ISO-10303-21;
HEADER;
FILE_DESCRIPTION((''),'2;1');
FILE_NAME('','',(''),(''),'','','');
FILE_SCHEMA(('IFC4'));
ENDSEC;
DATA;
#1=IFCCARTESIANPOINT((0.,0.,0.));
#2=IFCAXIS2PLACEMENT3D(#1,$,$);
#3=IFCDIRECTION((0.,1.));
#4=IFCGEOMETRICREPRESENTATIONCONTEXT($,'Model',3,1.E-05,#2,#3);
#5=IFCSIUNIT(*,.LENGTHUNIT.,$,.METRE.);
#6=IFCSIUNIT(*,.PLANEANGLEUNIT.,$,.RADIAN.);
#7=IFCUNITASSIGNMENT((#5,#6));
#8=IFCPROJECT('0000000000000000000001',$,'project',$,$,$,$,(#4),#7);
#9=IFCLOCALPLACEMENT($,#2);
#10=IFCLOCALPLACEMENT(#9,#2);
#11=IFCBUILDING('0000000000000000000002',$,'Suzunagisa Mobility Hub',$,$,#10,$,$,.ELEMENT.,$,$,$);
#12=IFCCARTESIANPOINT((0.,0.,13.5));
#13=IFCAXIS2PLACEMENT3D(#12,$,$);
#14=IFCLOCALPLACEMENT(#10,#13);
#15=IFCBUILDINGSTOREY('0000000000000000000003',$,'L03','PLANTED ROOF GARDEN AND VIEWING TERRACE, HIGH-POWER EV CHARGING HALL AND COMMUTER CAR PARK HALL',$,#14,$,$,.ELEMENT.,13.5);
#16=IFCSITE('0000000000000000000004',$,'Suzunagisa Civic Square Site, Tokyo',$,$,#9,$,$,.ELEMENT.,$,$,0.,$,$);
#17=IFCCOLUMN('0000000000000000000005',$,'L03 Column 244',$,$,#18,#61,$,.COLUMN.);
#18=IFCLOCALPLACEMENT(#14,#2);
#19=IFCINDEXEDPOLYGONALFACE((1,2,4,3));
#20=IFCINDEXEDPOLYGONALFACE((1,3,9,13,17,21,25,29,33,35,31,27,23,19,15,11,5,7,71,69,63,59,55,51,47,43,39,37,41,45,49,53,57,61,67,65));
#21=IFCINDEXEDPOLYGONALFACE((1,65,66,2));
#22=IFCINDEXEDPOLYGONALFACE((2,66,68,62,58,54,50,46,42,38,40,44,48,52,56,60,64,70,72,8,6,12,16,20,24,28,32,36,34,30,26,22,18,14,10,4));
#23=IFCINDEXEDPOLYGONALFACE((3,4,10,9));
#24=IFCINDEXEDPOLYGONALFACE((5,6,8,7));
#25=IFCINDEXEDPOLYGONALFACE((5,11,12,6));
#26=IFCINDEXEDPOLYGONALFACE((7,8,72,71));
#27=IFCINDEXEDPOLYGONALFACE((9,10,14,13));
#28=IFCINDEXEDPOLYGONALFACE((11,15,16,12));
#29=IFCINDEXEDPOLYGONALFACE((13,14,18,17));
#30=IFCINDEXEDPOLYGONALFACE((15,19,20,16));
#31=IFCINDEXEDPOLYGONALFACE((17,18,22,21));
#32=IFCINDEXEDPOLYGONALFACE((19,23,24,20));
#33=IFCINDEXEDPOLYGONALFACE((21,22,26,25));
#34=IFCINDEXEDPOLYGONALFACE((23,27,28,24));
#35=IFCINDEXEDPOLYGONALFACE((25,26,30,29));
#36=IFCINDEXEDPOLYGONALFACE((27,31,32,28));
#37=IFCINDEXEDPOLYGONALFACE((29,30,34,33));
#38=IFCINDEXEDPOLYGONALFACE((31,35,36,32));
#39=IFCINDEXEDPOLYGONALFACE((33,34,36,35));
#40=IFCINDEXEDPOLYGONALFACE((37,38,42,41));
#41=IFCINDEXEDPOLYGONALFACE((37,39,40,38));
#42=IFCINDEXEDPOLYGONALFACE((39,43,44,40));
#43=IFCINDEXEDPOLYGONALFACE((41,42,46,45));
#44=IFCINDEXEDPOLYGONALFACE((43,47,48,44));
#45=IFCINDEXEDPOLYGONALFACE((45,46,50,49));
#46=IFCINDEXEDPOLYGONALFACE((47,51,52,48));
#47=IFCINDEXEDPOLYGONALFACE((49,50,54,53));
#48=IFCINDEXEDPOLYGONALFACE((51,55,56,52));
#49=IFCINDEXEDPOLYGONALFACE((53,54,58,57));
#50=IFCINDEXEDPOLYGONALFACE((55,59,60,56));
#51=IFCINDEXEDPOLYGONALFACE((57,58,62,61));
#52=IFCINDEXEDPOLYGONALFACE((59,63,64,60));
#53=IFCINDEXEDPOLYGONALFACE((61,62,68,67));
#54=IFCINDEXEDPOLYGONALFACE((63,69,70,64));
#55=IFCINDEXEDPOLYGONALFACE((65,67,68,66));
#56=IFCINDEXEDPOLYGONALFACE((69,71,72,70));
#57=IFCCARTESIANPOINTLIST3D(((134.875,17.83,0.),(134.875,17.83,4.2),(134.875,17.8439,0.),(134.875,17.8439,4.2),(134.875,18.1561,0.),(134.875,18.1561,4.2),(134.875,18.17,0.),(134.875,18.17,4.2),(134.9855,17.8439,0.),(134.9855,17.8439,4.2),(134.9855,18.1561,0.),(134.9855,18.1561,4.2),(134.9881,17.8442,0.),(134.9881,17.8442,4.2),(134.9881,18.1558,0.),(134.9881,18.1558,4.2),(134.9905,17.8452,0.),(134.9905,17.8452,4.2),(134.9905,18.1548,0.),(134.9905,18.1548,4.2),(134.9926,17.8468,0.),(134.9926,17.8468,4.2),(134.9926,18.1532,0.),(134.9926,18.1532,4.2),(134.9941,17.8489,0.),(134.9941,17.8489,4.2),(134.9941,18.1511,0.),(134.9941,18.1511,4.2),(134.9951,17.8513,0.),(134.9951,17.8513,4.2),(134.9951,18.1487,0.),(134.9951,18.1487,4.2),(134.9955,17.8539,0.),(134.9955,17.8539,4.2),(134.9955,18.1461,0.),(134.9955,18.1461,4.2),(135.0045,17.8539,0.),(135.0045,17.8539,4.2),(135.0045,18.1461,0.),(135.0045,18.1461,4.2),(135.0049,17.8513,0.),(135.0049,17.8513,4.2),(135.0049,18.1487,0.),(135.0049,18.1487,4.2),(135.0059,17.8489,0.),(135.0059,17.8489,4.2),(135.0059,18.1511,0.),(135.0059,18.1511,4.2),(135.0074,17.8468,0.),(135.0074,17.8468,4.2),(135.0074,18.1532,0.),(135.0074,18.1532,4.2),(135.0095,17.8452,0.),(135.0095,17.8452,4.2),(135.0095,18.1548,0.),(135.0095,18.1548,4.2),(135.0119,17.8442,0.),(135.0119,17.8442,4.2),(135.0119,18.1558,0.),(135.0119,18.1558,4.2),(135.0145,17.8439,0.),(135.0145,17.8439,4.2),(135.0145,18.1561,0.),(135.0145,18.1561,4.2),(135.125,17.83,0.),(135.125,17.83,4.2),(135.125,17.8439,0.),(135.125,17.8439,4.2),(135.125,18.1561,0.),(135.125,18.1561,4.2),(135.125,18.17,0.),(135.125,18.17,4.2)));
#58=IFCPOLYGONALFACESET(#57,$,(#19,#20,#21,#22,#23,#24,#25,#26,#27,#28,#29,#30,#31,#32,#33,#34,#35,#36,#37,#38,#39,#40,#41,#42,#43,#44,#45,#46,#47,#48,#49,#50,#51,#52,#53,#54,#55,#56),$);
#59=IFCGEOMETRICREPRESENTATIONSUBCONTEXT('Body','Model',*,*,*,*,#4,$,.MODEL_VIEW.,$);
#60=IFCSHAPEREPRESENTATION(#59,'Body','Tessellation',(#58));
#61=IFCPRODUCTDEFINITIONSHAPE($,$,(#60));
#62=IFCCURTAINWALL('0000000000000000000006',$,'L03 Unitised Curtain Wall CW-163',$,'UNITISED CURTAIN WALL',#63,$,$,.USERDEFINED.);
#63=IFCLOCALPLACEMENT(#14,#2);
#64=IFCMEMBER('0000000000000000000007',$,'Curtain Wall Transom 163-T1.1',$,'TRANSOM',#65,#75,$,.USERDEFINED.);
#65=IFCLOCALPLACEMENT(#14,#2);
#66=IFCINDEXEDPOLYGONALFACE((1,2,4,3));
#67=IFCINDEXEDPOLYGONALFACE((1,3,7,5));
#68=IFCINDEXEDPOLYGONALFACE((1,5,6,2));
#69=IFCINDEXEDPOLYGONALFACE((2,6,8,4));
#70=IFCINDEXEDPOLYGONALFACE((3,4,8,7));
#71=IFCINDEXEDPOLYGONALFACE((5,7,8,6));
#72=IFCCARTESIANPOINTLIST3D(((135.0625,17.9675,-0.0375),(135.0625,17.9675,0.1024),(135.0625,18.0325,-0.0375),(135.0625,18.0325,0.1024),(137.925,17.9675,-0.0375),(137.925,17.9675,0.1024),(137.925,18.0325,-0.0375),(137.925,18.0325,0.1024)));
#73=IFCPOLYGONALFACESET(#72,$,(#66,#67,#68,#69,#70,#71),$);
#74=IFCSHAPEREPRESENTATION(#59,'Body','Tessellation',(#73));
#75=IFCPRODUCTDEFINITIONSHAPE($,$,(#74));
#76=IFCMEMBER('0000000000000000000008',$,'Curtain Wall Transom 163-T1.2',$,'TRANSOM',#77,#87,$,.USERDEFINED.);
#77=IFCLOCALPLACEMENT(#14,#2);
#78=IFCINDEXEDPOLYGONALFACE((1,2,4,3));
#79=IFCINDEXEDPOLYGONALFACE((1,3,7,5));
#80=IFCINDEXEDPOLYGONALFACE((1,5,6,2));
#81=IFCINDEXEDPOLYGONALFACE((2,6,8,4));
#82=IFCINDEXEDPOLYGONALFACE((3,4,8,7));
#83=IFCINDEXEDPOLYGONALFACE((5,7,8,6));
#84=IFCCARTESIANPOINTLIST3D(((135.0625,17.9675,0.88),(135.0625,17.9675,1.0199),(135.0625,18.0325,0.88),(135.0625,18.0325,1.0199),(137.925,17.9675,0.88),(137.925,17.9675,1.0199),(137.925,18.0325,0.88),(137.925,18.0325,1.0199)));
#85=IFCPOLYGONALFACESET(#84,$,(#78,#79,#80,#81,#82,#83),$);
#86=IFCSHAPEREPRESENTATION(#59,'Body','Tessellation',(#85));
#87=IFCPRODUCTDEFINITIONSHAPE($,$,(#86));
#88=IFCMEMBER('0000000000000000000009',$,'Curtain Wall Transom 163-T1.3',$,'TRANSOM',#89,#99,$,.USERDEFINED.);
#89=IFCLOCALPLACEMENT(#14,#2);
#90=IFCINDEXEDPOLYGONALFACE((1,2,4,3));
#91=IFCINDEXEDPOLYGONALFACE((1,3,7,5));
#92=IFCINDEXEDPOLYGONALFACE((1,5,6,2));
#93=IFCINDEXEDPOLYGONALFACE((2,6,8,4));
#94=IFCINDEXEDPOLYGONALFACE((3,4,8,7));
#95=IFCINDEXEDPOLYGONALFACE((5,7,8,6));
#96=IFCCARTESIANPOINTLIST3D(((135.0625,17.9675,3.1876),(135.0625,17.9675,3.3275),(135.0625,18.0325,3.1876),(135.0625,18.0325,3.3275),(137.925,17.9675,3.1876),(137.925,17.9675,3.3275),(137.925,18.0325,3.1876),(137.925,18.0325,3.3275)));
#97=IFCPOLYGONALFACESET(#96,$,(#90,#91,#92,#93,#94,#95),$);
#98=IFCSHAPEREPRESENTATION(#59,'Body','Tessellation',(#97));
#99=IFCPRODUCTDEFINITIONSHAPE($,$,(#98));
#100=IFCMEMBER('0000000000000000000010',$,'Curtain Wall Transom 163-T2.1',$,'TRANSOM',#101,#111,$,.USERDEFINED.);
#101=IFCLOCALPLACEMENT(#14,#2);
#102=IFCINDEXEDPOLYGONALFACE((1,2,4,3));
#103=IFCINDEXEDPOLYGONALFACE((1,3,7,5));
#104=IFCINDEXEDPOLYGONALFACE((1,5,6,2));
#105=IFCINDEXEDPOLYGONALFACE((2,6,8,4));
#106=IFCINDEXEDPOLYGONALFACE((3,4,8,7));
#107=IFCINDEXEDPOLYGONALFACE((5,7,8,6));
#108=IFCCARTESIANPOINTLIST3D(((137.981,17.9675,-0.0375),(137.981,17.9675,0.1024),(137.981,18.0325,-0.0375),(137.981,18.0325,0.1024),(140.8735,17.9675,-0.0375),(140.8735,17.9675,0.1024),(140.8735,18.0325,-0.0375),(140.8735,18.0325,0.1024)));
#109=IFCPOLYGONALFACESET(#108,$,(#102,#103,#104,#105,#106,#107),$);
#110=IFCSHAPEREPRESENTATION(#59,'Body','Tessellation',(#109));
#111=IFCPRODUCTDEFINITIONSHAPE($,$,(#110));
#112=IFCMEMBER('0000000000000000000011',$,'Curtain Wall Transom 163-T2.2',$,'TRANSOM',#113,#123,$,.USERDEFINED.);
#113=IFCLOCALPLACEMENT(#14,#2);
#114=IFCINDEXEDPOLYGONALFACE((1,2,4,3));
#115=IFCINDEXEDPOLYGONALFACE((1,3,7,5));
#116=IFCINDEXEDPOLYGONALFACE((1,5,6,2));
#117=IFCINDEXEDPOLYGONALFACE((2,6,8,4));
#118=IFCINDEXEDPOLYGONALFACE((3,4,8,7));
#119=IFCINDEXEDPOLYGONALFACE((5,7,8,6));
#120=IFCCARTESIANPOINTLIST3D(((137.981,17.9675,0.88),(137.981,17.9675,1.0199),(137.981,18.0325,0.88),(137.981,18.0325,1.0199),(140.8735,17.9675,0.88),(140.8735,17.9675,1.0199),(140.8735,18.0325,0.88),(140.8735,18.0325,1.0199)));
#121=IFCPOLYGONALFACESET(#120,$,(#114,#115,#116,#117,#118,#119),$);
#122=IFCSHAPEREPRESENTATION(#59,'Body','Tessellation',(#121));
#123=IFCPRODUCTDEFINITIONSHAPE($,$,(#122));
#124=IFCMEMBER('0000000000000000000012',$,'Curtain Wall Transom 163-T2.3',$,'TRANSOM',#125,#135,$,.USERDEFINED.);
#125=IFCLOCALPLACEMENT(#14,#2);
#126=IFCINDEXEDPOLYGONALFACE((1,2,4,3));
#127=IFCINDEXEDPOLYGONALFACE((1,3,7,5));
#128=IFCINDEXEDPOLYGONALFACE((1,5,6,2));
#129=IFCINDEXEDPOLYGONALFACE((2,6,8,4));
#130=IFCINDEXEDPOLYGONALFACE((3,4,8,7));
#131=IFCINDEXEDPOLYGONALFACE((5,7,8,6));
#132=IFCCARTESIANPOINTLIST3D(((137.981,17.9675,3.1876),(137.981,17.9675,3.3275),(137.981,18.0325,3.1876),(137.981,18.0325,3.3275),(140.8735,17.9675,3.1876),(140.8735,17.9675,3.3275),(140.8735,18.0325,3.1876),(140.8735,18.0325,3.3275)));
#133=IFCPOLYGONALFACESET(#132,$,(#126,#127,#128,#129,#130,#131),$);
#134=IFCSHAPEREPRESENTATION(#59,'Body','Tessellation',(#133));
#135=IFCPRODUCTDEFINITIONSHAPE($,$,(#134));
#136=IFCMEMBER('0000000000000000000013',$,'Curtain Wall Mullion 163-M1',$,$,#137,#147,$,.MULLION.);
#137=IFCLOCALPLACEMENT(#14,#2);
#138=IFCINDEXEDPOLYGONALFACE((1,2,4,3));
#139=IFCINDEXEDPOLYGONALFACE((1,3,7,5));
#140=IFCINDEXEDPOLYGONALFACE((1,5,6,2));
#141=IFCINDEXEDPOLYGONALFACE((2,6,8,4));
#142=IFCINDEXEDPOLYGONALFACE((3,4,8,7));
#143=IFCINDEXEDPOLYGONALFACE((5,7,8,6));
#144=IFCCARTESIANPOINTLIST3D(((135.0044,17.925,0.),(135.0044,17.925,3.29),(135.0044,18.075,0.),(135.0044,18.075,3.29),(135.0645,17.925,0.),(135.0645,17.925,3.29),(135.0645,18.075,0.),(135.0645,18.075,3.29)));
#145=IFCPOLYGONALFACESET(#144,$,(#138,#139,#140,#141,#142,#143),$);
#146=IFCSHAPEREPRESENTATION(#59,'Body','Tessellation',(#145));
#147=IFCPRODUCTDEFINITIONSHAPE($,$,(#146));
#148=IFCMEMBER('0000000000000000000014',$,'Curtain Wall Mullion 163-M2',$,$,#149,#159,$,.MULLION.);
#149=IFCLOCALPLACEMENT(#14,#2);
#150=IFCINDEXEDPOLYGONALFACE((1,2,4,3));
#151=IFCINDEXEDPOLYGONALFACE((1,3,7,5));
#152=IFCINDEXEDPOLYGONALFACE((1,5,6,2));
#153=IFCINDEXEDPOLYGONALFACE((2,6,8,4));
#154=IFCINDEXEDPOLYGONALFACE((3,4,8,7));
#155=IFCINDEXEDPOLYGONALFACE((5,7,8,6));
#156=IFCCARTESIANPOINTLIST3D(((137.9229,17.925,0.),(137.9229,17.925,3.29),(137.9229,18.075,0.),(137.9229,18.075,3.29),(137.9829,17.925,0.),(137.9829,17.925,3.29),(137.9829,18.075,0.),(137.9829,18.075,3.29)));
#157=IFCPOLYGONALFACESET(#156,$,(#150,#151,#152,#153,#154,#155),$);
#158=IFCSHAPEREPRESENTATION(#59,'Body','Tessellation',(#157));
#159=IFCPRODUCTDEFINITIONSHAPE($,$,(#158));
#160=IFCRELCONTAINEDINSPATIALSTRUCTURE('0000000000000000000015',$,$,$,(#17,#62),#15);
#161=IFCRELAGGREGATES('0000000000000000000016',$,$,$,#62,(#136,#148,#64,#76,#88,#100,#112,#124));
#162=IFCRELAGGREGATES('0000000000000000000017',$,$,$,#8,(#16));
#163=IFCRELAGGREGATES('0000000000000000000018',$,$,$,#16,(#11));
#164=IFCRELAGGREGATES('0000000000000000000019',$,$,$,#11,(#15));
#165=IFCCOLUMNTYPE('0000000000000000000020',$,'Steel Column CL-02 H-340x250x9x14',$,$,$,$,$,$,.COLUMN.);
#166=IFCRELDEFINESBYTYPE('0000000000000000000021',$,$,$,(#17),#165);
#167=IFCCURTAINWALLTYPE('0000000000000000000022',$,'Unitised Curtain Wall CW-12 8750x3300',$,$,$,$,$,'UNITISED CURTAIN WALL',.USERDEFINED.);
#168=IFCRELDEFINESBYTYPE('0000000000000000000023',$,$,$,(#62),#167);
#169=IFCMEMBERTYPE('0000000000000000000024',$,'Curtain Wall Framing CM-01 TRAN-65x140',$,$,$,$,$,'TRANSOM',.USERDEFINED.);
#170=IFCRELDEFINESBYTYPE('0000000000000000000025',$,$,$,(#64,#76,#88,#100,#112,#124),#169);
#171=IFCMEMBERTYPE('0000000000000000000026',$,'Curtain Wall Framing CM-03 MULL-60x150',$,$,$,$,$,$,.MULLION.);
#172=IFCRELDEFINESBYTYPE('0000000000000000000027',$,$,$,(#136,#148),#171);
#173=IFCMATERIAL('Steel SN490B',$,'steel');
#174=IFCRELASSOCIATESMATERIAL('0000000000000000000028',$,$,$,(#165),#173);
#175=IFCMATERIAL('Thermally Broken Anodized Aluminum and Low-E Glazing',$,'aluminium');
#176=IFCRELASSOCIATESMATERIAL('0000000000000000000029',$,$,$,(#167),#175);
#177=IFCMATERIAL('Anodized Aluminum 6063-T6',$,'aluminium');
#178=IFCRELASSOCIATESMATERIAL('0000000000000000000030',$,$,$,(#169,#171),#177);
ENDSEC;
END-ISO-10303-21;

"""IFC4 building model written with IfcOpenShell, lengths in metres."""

from ifc_helpers import new_model, si_unit, direction, frame, origin, origin_2d, place, context, subcontext, project, spatial, rectangle, i_section, extrude, material, material_profile, profile_set, type_object, element, aggregate, save


model = new_model("IFC4")

# Units and contexts
model_context = context("Model", 3, precision=1e-05, world=origin(), true_north=direction((0.0, 1.0)))
body_context = subcontext(model_context, "Body", "Model", "MODEL_VIEW")
ifc_project = project(units=[si_unit("LENGTHUNIT", "METRE"), si_unit("PLANEANGLEUNIT", "RADIAN")], contexts=[model_context])

# Site, building, storey
site_placement = place(None, origin())
site = spatial("IfcSite", under=ifc_project, at=site_placement, Name="Suzunagisa Civic Square Site, Tokyo", CompositionType="ELEMENT", RefElevation=0.0)
building_placement = place(site_placement, origin())
building = spatial("IfcBuilding", under=site, at=building_placement, Name="Suzunagisa Mobility Hub", CompositionType="ELEMENT")
storey_placement = place(building_placement, frame((0.0, 0.0, 13.5)))
storey = spatial("IfcBuildingStorey", under=building, at=storey_placement, Name="L03", Description="PLANTED ROOF GARDEN AND VIEWING TERRACE, HIGH-POWER EV CHARGING HALL AND COMMUTER CAR PARK HALL", CompositionType="ELEMENT", Elevation=13.5)

# Column
ifc_material_1 = material(Name="Steel SN490B", Category="steel")
ifc_material_profile_1 = material_profile(ifc_material_1, i_section(OverallWidth=0.25, OverallDepth=0.3401, WebThickness=0.009, FlangeThickness=0.0139, FilletRadius=0.01, at=origin_2d()), Name="H-340x250x9x14")
ifc_profile_set_1 = profile_set([ifc_material_profile_1], Name="Steel SN490B")
column_type = type_object("IfcColumnType", Name="Steel Column CL-02 H-340x250x9x14", PredefinedType="COLUMN", material=ifc_profile_set_1)
column_placement = place(storey_placement, frame((135.0, 18.0, 0.0), z_axis=(0.0, 0.0, 1.0), x_axis=(1.0, 0.0, 0.0)))
element("IfcColumn", 1, at=column_placement, inside=storey, type_object=column_type, Name="L03 Column 244", PredefinedType="COLUMN", context=body_context, shape_type="SweptSolid", body=[
    extrude(i_section(OverallWidth=0.25, OverallDepth=0.3401, WebThickness=0.009, FlangeThickness=0.0139, FilletRadius=0.01, at=origin_2d()), origin(), (0.0, 0.0, 1.0), 4.2),
])

# Curtain wall, members
ifc_material_2 = material(Name="Thermally Broken Anodized Aluminum and Low-E Glazing", Category="aluminium")
curtain_wall_type = type_object("IfcCurtainWallType", Name="Unitised Curtain Wall CW-12 8750x3300", ElementType="UNITISED CURTAIN WALL", PredefinedType="USERDEFINED", material=ifc_material_2)
curtain_wall_placement = place(storey_placement, origin())
curtain_wall = element("IfcCurtainWall", 2, at=curtain_wall_placement, inside=storey, type_object=curtain_wall_type, Name="L03 Unitised Curtain Wall CW-163", ObjectType="UNITISED CURTAIN WALL", PredefinedType="USERDEFINED")
ifc_material_3 = material(Name="Anodized Aluminum 6063-T6", Category="aluminium")
ifc_material_profile_2 = material_profile(ifc_material_3, rectangle(XDim=0.0649, YDim=0.1399, at=origin_2d()), Name="TRAN-65x140")
ifc_profile_set_2 = profile_set([ifc_material_profile_2], Name="Anodized Aluminum 6063-T6")
member_type_1 = type_object("IfcMemberType", Name="Curtain Wall Framing CM-01 TRAN-65x140", ElementType="TRANSOM", PredefinedType="USERDEFINED", material=ifc_profile_set_2)
member_1_placement = place(storey_placement, frame((135.0625, 18.0, 0.0325), z_axis=(1.0, 0.0, 0.0), x_axis=(0.0, 1.0, 0.0)))
member_1 = element("IfcMember", 3, at=member_1_placement, type_object=member_type_1, Name="Curtain Wall Transom 163-T1.1", ObjectType="TRANSOM", PredefinedType="USERDEFINED", context=body_context, shape_type="SweptSolid", body=[
    extrude(rectangle(XDim=0.0649, YDim=0.1399, at=origin_2d()), origin(), (0.0, 0.0, 1.0), 2.8625),
])
member_2_placement = place(storey_placement, frame((135.0625, 18.0, 0.95), z_axis=(1.0, 0.0, 0.0), x_axis=(0.0, 1.0, 0.0)))
member_2 = element("IfcMember", 4, at=member_2_placement, type_object=member_type_1, Name="Curtain Wall Transom 163-T1.2", ObjectType="TRANSOM", PredefinedType="USERDEFINED", context=body_context, shape_type="SweptSolid", body=[
    extrude(rectangle(XDim=0.0649, YDim=0.1399, at=origin_2d()), origin(), (0.0, 0.0, 1.0), 2.8625),
])
member_3_placement = place(storey_placement, frame((135.0625, 18.0, 3.2576), z_axis=(1.0, 0.0, 0.0), x_axis=(0.0, 1.0, 0.0)))
member_3 = element("IfcMember", 5, at=member_3_placement, type_object=member_type_1, Name="Curtain Wall Transom 163-T1.3", ObjectType="TRANSOM", PredefinedType="USERDEFINED", context=body_context, shape_type="SweptSolid", body=[
    extrude(rectangle(XDim=0.0649, YDim=0.1399, at=origin_2d()), origin(), (0.0, 0.0, 1.0), 2.8625),
])
member_4_placement = place(storey_placement, frame((137.981, 18.0, 0.0325), z_axis=(1.0, 0.0, 0.0), x_axis=(0.0, 1.0, 0.0)))
member_4 = element("IfcMember", 6, at=member_4_placement, type_object=member_type_1, Name="Curtain Wall Transom 163-T2.1", ObjectType="TRANSOM", PredefinedType="USERDEFINED", context=body_context, shape_type="SweptSolid", body=[
    extrude(rectangle(XDim=0.0649, YDim=0.1399, at=origin_2d()), origin(), (0.0, 0.0, 1.0), 2.8926),
])
member_5_placement = place(storey_placement, frame((137.981, 18.0, 0.95), z_axis=(1.0, 0.0, 0.0), x_axis=(0.0, 1.0, 0.0)))
member_5 = element("IfcMember", 7, at=member_5_placement, type_object=member_type_1, Name="Curtain Wall Transom 163-T2.2", ObjectType="TRANSOM", PredefinedType="USERDEFINED", context=body_context, shape_type="SweptSolid", body=[
    extrude(rectangle(XDim=0.0649, YDim=0.1399, at=origin_2d()), origin(), (0.0, 0.0, 1.0), 2.8926),
])
member_6_placement = place(storey_placement, frame((137.981, 18.0, 3.2576), z_axis=(1.0, 0.0, 0.0), x_axis=(0.0, 1.0, 0.0)))
member_6 = element("IfcMember", 8, at=member_6_placement, type_object=member_type_1, Name="Curtain Wall Transom 163-T2.3", ObjectType="TRANSOM", PredefinedType="USERDEFINED", context=body_context, shape_type="SweptSolid", body=[
    extrude(rectangle(XDim=0.0649, YDim=0.1399, at=origin_2d()), origin(), (0.0, 0.0, 1.0), 2.8926),
])
ifc_material_profile_3 = material_profile(ifc_material_3, rectangle(XDim=0.0601, YDim=0.1499, at=origin_2d()), Name="MULL-60x150")
ifc_profile_set_3 = profile_set([ifc_material_profile_3], Name="Anodized Aluminum 6063-T6")
member_type_2 = type_object("IfcMemberType", Name="Curtain Wall Framing CM-03 MULL-60x150", PredefinedType="MULLION", material=ifc_profile_set_3)
member_7_placement = place(storey_placement, frame((135.0344, 18.0, 0.0), z_axis=(0.0, 0.0, 1.0), x_axis=(1.0, 0.0, 0.0)))
member_7 = element("IfcMember", 9, at=member_7_placement, type_object=member_type_2, Name="Curtain Wall Mullion 163-M1", PredefinedType="MULLION", context=body_context, shape_type="SweptSolid", body=[
    extrude(rectangle(XDim=0.0601, YDim=0.1499, at=origin_2d()), origin(), (0.0, 0.0, 1.0), 3.29),
])
member_8_placement = place(storey_placement, frame((137.9529, 18.0, 0.0), z_axis=(0.0, 0.0, 1.0), x_axis=(1.0, 0.0, 0.0)))
member_8 = element("IfcMember", 10, at=member_8_placement, type_object=member_type_2, Name="Curtain Wall Mullion 163-M2", PredefinedType="MULLION", context=body_context, shape_type="SweptSolid", body=[
    extrude(rectangle(XDim=0.0601, YDim=0.1499, at=origin_2d()), origin(), (0.0, 0.0, 1.0), 3.29),
])

aggregate(curtain_wall, [member_7, member_8, member_1, member_2, member_3, member_4, member_5, member_6])

save(model, "model.ifc")
